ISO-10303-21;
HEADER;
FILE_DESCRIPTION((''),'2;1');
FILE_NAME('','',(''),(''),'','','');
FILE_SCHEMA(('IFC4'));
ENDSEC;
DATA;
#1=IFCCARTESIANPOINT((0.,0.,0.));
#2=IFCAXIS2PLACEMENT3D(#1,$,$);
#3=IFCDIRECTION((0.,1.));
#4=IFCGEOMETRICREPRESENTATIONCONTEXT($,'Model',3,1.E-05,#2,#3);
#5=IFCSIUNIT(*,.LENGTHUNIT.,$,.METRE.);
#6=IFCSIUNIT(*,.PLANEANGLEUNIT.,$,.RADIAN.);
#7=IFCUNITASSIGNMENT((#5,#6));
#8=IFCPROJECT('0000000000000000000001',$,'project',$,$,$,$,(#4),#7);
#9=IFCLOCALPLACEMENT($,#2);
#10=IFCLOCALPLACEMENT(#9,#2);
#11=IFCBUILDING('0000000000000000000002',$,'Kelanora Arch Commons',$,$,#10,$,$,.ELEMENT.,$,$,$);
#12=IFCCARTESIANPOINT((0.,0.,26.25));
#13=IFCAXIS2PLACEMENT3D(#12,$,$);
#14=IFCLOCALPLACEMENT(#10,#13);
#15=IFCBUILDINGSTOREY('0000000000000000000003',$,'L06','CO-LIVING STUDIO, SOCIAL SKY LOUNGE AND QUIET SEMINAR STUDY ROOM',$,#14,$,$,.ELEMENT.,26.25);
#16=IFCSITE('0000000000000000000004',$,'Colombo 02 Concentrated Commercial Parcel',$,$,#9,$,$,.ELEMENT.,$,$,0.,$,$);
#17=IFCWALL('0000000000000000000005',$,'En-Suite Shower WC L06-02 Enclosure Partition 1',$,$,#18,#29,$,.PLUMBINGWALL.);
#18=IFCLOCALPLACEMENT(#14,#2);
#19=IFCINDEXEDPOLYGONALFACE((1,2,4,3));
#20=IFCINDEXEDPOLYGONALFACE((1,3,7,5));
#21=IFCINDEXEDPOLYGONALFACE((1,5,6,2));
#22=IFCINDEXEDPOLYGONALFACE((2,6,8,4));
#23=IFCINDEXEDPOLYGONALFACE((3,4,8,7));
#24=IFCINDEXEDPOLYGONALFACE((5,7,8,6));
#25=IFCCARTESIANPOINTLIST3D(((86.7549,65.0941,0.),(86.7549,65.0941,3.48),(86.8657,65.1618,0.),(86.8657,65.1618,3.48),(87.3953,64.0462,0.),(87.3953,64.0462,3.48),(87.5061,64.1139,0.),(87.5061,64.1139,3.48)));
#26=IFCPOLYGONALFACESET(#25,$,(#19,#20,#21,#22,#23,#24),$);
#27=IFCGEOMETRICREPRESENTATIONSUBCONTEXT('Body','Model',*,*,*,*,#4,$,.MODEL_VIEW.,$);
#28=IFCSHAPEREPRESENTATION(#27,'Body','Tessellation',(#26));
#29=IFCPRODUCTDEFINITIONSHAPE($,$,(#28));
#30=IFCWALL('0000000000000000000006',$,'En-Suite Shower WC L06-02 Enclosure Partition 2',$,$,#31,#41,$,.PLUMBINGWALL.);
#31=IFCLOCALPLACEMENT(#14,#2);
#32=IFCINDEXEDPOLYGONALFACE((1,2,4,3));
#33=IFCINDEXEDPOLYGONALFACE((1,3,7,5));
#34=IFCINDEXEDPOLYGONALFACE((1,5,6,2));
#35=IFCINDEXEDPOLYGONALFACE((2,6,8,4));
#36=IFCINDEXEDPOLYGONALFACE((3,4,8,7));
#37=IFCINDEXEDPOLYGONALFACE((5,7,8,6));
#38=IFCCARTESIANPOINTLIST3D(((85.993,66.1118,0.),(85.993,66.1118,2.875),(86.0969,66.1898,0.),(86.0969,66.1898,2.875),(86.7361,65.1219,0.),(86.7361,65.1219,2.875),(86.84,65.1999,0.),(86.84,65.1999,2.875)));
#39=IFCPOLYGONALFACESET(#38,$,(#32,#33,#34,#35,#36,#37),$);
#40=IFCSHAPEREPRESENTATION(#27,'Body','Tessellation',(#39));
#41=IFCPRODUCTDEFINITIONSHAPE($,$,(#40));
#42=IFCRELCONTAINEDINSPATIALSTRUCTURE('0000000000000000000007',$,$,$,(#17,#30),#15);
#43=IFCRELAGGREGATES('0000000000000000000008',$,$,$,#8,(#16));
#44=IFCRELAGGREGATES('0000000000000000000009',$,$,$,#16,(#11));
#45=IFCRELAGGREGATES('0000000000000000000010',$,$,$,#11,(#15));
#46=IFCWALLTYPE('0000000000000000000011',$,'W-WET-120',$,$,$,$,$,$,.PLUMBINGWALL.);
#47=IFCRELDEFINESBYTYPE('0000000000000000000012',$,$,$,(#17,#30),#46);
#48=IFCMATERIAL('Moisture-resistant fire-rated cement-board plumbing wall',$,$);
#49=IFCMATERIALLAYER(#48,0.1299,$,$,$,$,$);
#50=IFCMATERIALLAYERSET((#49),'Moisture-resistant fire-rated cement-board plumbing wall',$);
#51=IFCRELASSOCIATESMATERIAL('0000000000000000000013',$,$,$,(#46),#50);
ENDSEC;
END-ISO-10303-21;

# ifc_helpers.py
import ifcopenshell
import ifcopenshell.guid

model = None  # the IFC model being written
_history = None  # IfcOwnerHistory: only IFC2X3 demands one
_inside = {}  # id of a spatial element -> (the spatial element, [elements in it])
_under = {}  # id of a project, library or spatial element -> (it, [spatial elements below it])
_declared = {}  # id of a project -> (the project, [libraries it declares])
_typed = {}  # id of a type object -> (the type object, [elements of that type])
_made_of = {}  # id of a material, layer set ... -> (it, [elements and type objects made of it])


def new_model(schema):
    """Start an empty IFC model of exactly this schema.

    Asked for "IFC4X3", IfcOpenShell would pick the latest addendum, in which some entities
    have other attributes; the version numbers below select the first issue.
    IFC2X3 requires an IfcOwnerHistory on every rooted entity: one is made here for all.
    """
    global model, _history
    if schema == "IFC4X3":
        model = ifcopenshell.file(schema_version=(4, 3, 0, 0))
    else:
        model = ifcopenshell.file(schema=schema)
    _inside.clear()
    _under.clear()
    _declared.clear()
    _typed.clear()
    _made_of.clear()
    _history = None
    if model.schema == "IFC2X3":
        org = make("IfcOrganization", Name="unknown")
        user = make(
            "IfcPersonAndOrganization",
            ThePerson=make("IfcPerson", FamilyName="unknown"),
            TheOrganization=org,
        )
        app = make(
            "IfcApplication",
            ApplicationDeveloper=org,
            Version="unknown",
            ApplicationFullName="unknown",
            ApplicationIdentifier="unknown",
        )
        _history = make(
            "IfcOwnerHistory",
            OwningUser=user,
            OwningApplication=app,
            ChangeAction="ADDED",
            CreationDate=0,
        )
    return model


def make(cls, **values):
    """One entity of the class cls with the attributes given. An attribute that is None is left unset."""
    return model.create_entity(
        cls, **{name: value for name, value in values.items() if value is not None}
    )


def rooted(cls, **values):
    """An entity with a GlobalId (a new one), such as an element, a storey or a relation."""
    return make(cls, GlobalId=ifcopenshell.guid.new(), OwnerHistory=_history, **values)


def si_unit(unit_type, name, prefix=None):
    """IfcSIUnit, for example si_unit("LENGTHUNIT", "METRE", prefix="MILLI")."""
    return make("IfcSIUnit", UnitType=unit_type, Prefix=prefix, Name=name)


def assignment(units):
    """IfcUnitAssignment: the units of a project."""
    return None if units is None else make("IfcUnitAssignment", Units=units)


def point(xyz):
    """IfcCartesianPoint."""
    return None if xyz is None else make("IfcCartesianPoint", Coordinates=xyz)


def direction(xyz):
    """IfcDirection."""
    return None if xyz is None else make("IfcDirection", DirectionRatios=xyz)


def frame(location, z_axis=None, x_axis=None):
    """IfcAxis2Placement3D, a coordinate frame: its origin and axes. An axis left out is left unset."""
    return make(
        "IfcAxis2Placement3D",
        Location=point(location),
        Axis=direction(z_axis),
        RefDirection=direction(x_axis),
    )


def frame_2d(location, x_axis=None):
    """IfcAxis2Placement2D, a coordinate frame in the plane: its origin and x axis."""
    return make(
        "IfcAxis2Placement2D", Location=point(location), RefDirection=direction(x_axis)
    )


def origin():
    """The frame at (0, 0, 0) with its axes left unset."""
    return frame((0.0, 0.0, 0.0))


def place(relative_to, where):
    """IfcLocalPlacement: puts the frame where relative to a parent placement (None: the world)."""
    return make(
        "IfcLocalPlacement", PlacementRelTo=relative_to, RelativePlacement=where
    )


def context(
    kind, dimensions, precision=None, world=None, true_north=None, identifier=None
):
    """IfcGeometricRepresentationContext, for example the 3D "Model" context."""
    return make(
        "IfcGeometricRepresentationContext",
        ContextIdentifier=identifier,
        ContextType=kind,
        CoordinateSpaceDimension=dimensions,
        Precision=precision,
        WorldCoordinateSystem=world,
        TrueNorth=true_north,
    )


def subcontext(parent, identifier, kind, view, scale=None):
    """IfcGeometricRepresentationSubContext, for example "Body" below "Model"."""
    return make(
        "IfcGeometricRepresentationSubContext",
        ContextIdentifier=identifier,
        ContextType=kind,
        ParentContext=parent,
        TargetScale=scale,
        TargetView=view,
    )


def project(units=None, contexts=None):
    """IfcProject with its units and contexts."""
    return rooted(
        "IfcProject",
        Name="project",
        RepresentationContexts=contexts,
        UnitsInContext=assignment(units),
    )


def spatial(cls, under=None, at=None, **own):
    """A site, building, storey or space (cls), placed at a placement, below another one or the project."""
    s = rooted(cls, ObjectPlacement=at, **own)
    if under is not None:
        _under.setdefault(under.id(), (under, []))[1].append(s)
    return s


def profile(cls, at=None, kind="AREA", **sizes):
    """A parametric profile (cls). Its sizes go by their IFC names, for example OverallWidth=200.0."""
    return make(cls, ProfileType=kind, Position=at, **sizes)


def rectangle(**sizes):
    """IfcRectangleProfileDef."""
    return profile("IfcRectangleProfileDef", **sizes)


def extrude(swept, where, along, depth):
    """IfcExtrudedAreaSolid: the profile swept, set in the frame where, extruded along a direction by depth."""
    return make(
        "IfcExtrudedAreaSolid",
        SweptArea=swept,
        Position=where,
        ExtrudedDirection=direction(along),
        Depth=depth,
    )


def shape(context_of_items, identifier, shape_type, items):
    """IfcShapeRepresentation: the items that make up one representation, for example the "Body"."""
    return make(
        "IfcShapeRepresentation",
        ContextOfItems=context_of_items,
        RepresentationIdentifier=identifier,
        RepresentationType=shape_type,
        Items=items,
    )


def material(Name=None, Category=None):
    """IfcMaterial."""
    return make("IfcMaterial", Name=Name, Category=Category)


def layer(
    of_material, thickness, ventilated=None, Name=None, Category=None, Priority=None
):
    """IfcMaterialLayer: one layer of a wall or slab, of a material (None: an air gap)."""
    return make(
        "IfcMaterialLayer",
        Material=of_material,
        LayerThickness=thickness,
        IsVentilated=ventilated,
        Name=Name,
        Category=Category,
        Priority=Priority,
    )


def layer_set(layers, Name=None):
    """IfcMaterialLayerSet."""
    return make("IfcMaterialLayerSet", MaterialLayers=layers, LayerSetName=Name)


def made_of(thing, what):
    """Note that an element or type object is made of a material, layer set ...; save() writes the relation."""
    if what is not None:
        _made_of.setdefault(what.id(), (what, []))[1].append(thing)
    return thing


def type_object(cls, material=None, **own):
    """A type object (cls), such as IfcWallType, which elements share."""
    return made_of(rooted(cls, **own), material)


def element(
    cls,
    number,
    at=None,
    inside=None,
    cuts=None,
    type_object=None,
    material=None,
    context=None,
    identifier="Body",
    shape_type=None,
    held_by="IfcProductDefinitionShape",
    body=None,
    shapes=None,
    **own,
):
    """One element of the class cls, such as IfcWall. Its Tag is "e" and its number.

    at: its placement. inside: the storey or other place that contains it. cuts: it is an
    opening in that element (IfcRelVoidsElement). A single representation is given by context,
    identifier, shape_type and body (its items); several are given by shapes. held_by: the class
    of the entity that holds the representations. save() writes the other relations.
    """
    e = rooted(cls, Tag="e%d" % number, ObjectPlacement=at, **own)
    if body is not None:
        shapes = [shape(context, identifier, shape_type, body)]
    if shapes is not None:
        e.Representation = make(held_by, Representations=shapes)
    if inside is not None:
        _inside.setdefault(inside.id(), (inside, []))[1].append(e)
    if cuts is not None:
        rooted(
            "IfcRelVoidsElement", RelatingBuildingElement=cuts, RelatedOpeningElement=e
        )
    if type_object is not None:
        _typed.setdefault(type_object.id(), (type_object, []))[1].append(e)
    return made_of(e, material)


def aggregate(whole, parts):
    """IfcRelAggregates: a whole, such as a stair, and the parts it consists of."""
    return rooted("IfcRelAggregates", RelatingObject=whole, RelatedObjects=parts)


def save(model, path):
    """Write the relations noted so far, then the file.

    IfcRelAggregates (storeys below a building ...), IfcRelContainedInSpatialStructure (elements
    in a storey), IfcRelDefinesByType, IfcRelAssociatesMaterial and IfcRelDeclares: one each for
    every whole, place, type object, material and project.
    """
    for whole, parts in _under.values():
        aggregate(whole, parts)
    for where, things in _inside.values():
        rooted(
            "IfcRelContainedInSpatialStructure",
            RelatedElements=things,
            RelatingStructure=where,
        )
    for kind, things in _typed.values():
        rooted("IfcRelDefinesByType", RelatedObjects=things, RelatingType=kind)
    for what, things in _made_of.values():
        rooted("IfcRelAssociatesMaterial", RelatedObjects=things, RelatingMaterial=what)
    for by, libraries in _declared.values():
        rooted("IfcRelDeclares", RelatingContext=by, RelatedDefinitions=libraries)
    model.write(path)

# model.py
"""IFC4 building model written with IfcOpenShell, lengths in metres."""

from ifc_helpers import new_model, si_unit, direction, frame, frame_2d, origin, place, context, subcontext, project, spatial, rectangle, extrude, material, layer, layer_set, type_object, element, save


model = new_model("IFC4")

# Units and contexts
model_context = context("Model", 3, precision=1e-05, world=origin(), true_north=direction((0.0, 1.0)))
body_context = subcontext(model_context, "Body", "Model", "MODEL_VIEW")
ifc_project = project(units=[si_unit("LENGTHUNIT", "METRE"), si_unit("PLANEANGLEUNIT", "RADIAN")], contexts=[model_context])

# Site, building, storey
site_placement = place(None, origin())
site = spatial("IfcSite", under=ifc_project, at=site_placement, Name="Colombo 02 Concentrated Commercial Parcel", CompositionType="ELEMENT", RefElevation=0.0)
building_placement = place(site_placement, origin())
building = spatial("IfcBuilding", under=site, at=building_placement, Name="Kelanora Arch Commons", CompositionType="ELEMENT")
storey_placement = place(building_placement, frame((0.0, 0.0, 26.25)))
storey = spatial("IfcBuildingStorey", under=building, at=storey_placement, Name="L06", Description="CO-LIVING STUDIO, SOCIAL SKY LOUNGE AND QUIET SEMINAR STUDY ROOM", CompositionType="ELEMENT", Elevation=26.25)

# Walls
ifc_material_1 = material(Name="Moisture-resistant fire-rated cement-board plumbing wall")
ifc_layer_1 = layer(ifc_material_1, 0.1299)
ifc_layer_set_1 = layer_set([ifc_layer_1], Name="Moisture-resistant fire-rated cement-board plumbing wall")
wall_type_1 = type_object("IfcWallType", Name="W-WET-120", PredefinedType="PLUMBINGWALL", material=ifc_layer_set_1)
wall_1_placement = place(storey_placement, frame((87.4507, 64.0801, 0.0), z_axis=(0.0, 0.0, 1.0), x_axis=(-0.521466, 0.853272, 0.0)))
element("IfcWall", 1, at=wall_1_placement, inside=storey, type_object=wall_type_1, Name="En-Suite Shower WC L06-02 Enclosure Partition 1", PredefinedType="PLUMBINGWALL", context=body_context, shape_type="SweptSolid", body=[
    extrude(rectangle(XDim=1.228, YDim=0.1299, at=frame_2d((0.614, 0.0))), origin(), (0.0, 0.0, 1.0), 3.48),
])
wall_2_placement = place(storey_placement, frame((86.7881, 65.1609, 0.0), z_axis=(0.0, 0.0, 1.0), x_axis=(-0.600347, 0.79974, 0.0)))
element("IfcWall", 2, at=wall_2_placement, inside=storey, type_object=wall_type_1, Name="En-Suite Shower WC L06-02 Enclosure Partition 2", PredefinedType="PLUMBINGWALL", context=body_context, shape_type="SweptSolid", body=[
    extrude(rectangle(XDim=1.2378, YDim=0.1299, at=frame_2d((0.6189, 0.0))), origin(), (0.0, 0.0, 1.0), 2.875),
])

save(model, "model.ifc")
